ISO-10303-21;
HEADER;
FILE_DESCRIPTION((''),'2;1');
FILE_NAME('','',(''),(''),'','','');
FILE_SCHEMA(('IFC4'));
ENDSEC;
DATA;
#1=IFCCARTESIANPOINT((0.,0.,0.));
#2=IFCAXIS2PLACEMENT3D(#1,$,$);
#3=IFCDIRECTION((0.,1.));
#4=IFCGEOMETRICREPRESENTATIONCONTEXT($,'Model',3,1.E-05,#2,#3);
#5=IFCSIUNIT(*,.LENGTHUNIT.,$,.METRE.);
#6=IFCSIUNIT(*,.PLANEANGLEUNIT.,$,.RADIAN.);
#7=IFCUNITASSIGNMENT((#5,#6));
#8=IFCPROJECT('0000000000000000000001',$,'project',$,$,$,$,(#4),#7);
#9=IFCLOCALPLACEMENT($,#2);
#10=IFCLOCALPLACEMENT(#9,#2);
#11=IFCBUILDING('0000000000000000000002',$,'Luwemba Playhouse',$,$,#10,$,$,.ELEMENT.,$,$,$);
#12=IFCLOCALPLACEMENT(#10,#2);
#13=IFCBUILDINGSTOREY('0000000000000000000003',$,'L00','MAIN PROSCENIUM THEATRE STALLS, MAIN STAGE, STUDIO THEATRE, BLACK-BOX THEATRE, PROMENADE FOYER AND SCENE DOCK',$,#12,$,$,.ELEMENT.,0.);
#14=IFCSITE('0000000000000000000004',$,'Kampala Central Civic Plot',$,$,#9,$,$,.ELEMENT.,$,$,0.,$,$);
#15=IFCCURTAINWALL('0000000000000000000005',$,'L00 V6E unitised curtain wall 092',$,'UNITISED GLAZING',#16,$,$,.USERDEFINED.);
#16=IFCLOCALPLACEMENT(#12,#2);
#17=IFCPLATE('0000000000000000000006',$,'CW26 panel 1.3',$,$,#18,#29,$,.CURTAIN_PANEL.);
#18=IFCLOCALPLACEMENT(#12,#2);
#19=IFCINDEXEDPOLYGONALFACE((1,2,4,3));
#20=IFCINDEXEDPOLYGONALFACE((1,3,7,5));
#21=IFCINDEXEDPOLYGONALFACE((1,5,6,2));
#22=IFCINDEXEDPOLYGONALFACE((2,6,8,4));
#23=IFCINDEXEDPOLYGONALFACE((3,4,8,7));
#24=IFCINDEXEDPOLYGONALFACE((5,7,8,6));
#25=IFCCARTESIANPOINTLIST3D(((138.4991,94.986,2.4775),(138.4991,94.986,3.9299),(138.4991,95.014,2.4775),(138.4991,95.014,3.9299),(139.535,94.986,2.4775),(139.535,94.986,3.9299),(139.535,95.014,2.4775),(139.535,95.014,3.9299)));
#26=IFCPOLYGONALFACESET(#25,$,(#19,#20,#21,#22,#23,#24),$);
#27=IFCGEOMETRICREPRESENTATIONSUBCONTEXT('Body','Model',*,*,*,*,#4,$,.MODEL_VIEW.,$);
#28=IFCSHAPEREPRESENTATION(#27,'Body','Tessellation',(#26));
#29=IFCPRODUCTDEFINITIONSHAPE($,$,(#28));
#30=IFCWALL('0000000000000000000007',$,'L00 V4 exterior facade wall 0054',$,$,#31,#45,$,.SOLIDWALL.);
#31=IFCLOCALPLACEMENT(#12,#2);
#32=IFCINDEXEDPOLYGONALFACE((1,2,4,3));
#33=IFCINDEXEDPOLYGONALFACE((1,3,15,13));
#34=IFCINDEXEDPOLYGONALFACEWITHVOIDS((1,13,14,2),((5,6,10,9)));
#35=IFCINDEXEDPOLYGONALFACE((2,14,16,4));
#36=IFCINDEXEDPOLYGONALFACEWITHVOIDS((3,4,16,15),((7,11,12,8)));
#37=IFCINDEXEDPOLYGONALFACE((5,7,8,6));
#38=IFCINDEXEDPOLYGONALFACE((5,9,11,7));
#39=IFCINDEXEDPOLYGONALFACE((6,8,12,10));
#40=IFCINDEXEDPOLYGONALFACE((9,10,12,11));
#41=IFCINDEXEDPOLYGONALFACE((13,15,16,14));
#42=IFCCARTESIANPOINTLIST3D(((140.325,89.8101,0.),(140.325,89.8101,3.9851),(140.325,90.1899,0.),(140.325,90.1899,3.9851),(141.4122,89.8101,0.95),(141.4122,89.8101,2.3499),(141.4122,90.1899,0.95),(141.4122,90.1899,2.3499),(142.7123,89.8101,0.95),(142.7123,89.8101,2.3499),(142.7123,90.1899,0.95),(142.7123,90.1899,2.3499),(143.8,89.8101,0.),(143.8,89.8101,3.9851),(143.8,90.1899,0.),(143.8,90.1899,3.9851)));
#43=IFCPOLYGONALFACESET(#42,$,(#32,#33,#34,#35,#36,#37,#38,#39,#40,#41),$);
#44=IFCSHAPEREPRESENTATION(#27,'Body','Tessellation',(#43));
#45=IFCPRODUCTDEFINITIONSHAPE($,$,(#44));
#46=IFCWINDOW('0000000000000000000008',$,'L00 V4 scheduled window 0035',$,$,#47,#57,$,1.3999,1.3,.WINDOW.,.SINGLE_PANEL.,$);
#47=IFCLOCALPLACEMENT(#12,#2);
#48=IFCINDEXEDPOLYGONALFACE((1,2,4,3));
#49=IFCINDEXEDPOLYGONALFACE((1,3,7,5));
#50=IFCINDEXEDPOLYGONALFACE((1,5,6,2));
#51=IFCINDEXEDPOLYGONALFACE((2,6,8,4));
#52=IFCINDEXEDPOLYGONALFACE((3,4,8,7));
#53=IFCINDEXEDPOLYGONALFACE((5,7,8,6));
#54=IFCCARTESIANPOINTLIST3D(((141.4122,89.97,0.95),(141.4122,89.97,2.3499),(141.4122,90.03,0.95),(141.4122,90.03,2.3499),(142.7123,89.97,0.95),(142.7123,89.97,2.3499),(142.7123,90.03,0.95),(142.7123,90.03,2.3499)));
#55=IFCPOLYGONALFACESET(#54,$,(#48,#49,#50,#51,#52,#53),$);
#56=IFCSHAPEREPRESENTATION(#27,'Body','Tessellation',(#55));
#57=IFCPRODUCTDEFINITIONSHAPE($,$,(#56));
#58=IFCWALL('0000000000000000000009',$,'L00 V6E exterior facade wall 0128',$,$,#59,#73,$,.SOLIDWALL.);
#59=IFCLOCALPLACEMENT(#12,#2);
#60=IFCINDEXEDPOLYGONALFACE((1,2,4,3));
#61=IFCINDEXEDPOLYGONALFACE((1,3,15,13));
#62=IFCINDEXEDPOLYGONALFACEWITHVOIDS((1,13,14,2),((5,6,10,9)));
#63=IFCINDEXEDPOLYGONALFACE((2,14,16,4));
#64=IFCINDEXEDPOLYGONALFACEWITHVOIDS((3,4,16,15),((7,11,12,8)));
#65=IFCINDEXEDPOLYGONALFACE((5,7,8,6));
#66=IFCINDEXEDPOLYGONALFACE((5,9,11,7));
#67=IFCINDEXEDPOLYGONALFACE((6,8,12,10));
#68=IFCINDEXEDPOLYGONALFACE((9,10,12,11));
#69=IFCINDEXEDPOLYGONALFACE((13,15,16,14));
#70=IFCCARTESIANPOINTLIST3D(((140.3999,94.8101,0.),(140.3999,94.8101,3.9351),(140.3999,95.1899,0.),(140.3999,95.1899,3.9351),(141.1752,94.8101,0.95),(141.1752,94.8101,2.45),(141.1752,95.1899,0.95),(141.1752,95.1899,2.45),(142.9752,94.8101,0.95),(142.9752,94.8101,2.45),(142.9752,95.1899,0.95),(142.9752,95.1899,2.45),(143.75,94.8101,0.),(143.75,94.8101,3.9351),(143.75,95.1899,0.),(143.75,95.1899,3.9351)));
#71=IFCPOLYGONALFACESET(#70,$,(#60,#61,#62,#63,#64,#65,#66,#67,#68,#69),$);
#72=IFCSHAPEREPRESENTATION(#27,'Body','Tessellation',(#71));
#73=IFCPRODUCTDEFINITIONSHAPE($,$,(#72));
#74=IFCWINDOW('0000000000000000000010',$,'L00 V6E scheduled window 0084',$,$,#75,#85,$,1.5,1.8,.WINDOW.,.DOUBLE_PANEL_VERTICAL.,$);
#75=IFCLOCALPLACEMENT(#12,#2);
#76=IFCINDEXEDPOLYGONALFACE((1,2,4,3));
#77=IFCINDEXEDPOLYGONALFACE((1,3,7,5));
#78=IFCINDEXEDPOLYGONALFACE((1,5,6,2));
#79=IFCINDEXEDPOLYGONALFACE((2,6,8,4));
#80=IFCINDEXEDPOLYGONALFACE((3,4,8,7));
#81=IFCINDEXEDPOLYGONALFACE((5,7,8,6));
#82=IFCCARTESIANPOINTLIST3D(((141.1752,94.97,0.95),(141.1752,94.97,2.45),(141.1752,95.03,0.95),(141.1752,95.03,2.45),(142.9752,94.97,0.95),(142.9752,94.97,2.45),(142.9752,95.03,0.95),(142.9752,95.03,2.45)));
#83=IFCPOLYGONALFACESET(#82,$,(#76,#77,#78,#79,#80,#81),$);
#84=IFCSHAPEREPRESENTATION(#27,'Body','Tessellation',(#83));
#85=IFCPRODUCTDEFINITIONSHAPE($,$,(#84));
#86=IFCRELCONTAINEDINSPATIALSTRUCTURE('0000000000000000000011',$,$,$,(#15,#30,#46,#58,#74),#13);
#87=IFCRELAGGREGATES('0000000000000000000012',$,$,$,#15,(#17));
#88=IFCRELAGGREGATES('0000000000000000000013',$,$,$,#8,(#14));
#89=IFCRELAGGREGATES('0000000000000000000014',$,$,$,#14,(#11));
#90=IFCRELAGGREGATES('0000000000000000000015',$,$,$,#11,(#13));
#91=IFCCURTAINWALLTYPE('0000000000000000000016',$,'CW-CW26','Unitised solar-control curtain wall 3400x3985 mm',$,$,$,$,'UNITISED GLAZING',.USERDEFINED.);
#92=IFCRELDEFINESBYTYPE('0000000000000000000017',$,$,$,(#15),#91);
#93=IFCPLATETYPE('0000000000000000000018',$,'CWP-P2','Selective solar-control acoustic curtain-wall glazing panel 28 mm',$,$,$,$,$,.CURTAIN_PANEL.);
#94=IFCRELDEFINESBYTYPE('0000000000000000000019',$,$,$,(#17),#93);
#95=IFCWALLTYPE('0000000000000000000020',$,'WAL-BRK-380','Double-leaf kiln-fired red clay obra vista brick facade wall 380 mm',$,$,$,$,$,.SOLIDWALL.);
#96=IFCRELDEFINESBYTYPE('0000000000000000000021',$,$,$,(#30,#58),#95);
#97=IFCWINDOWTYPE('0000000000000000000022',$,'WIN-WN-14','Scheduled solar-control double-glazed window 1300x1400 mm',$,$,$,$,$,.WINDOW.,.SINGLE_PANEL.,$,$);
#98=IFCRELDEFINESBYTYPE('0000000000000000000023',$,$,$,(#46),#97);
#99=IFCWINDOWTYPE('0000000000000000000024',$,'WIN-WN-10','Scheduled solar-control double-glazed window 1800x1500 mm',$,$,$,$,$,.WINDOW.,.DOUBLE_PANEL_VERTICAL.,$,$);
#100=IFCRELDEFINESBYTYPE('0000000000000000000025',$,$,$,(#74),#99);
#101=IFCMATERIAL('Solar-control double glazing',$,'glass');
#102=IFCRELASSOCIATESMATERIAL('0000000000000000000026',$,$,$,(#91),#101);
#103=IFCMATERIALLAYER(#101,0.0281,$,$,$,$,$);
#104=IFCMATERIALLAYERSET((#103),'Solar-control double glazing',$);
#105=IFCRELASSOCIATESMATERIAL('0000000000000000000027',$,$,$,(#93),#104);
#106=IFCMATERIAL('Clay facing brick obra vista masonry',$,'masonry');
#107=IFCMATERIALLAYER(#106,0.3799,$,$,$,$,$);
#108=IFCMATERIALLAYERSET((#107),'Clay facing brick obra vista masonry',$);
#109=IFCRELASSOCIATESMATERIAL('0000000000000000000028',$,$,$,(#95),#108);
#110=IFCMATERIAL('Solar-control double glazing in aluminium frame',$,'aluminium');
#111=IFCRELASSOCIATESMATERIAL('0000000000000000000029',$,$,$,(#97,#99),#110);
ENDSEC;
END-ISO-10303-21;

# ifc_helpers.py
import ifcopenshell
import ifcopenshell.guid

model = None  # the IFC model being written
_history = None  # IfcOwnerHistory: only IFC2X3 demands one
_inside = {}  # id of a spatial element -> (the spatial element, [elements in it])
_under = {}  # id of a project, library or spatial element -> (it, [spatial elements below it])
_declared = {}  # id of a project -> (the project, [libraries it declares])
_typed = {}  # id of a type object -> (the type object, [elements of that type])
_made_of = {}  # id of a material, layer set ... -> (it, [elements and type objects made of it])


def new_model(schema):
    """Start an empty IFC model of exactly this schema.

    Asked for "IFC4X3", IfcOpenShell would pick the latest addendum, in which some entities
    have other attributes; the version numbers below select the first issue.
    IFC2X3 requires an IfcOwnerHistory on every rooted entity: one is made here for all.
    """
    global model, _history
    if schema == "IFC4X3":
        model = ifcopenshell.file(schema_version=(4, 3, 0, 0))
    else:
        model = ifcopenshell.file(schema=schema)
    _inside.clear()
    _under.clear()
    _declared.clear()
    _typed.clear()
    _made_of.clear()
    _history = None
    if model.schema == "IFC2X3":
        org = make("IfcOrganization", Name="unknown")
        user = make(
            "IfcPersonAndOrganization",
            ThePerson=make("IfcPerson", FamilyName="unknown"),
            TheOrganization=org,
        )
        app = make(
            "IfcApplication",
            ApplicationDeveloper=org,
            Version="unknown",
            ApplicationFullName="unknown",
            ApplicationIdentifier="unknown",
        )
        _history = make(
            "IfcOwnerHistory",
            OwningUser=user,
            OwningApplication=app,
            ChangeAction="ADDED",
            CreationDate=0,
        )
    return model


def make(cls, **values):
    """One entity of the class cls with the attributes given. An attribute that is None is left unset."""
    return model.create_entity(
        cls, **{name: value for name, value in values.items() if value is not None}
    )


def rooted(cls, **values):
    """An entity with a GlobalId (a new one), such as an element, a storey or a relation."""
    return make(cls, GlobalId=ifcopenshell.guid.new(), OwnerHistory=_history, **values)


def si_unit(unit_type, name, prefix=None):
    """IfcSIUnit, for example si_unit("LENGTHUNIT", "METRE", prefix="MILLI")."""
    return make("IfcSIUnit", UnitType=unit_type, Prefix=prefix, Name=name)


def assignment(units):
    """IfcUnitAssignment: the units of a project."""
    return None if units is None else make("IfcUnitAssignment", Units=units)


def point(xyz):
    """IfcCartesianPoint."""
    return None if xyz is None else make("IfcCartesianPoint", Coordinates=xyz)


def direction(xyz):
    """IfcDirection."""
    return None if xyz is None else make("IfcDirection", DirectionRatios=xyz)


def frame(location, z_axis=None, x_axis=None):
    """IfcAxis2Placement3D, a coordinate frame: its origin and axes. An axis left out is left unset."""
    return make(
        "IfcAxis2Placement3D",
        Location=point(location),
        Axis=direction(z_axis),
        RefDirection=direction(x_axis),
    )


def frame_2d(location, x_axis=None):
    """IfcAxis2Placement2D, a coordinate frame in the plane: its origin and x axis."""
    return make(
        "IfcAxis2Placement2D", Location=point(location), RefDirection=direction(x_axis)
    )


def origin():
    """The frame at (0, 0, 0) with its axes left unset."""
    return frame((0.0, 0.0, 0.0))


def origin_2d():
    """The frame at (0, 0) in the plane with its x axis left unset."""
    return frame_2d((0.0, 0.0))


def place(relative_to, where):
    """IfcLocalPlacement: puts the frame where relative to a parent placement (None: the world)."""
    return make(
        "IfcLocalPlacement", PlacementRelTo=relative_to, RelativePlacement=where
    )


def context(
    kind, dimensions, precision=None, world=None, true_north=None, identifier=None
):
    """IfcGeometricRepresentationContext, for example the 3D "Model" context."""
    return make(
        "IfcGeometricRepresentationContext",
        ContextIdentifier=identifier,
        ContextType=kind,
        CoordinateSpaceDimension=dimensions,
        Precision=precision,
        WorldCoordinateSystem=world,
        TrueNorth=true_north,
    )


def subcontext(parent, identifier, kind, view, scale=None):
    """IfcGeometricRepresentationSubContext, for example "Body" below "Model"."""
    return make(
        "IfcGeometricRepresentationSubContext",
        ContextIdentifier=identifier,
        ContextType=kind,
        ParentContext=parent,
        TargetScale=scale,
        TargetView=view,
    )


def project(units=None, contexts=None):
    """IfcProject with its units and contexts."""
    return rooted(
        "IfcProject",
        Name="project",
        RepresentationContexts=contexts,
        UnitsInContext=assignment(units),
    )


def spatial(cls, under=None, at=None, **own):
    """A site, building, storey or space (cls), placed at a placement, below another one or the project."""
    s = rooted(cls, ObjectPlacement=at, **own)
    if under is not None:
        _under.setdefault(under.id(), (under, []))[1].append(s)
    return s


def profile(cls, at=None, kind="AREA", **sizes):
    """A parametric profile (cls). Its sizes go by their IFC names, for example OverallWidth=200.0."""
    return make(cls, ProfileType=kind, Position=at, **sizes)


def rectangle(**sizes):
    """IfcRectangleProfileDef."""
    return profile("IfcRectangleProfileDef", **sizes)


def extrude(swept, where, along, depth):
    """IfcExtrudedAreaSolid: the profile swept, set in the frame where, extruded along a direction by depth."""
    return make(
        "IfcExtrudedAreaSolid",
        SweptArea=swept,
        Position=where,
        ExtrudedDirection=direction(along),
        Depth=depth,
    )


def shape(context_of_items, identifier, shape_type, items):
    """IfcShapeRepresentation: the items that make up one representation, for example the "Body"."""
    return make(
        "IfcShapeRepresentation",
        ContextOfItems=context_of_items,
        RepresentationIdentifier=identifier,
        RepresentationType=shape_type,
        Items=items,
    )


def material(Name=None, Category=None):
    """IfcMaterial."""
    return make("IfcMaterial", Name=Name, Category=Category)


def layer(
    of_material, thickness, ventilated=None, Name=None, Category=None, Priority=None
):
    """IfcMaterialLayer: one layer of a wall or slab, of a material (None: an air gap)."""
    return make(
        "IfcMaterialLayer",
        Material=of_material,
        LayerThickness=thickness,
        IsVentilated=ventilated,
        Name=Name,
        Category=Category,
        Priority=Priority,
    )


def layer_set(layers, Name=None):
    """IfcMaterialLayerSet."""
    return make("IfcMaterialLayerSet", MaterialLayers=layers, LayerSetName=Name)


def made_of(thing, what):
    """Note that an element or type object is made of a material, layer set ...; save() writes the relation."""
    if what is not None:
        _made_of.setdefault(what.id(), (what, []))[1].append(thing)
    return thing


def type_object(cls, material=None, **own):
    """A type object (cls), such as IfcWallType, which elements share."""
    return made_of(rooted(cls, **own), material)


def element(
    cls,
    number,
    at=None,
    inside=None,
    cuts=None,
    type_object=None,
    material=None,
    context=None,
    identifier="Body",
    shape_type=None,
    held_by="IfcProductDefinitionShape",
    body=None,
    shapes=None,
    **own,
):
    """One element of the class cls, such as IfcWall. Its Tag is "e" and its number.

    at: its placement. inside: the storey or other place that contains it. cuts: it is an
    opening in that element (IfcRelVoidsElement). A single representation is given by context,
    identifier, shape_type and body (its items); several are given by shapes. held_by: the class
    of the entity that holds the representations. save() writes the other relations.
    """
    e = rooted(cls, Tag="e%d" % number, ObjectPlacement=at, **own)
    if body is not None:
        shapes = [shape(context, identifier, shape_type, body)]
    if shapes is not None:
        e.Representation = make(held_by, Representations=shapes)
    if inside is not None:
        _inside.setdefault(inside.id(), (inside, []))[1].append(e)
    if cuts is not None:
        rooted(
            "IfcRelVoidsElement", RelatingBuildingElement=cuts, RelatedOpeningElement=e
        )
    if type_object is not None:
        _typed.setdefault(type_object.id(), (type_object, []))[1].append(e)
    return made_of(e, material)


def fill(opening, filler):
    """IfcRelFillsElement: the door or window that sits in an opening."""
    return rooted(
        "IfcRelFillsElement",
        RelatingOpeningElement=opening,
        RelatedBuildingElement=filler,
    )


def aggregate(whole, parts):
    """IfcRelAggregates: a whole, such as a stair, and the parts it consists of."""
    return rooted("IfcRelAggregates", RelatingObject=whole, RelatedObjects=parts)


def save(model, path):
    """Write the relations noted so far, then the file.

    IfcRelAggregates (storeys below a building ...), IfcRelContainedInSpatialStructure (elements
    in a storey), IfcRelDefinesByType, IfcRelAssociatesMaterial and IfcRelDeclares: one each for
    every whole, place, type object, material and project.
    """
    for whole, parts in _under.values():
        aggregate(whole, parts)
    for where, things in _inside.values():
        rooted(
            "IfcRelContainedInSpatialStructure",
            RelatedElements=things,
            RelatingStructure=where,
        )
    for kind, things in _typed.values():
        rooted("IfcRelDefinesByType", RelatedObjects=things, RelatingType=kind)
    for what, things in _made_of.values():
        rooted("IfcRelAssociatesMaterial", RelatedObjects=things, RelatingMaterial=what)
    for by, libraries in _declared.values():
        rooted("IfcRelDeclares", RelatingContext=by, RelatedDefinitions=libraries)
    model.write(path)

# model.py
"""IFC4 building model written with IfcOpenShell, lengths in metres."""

from ifc_helpers import new_model, si_unit, direction, frame, frame_2d, origin, origin_2d, place, context, subcontext, project, spatial, rectangle, extrude, material, layer, layer_set, type_object, element, fill, aggregate, save


model = new_model("IFC4")

# Units and contexts
model_context = context("Model", 3, precision=1e-05, world=origin(), true_north=direction((0.0, 1.0)))
body_context = subcontext(model_context, "Body", "Model", "MODEL_VIEW")
ifc_project = project(units=[si_unit("LENGTHUNIT", "METRE"), si_unit("PLANEANGLEUNIT", "RADIAN")], contexts=[model_context])

# Site, building, storey
site_placement = place(None, origin())
site = spatial("IfcSite", under=ifc_project, at=site_placement, Name="Kampala Central Civic Plot", CompositionType="ELEMENT", RefElevation=0.0)
building_placement = place(site_placement, origin())
building = spatial("IfcBuilding", under=site, at=building_placement, Name="Luwemba Playhouse", CompositionType="ELEMENT")
storey_placement = place(building_placement, origin())
storey = spatial("IfcBuildingStorey", under=building, at=storey_placement, Name="L00", Description="MAIN PROSCENIUM THEATRE STALLS, MAIN STAGE, STUDIO THEATRE, BLACK-BOX THEATRE, PROMENADE FOYER AND SCENE DOCK", CompositionType="ELEMENT", Elevation=0.0)

# Shared definitions
ifc_material_1 = material(Name="Solar-control double glazing", Category="glass")

# Curtain wall
curtain_wall_type_1 = type_object("IfcCurtainWallType", Name="CW-CW26", Description="Unitised solar-control curtain wall 3400x3985 mm", ElementType="UNITISED GLAZING", PredefinedType="USERDEFINED", material=ifc_material_1)
curtain_wall_1_placement = place(storey_placement, origin())
curtain_wall_1 = element("IfcCurtainWall", 1, at=curtain_wall_1_placement, inside=storey, type_object=curtain_wall_type_1, Name="L00 V6E unitised curtain wall 092", ObjectType="UNITISED GLAZING", PredefinedType="USERDEFINED")

# Plate
ifc_layer_1 = layer(ifc_material_1, 0.0281)
ifc_layer_set_1 = layer_set([ifc_layer_1], Name="Solar-control double glazing")
plate_type_1 = type_object("IfcPlateType", Name="CWP-P2", Description="Selective solar-control acoustic curtain-wall glazing panel 28 mm", PredefinedType="CURTAIN_PANEL", material=ifc_layer_set_1)
plate_1_placement = place(storey_placement, frame((139.0171, 95.0, 2.4775), z_axis=(0.0, 0.0, 1.0), x_axis=(-1.0, 0.0, 0.0)))
plate_1 = element("IfcPlate", 2, at=plate_1_placement, type_object=plate_type_1, Name="CW26 panel 1.3", PredefinedType="CURTAIN_PANEL", context=body_context, shape_type="SweptSolid", body=[
    extrude(rectangle(XDim=1.0359, YDim=0.0281, at=origin_2d()), origin(), (0.0, 0.0, 1.0), 1.4524),
])
aggregate(curtain_wall_1, [plate_1])

# Wall, opening, window
ifc_material_2 = material(Name="Clay facing brick obra vista masonry", Category="masonry")
ifc_layer_2 = layer(ifc_material_2, 0.3799)
ifc_layer_set_2 = layer_set([ifc_layer_2], Name="Clay facing brick obra vista masonry")
wall_type = type_object("IfcWallType", Name="WAL-BRK-380", Description="Double-leaf kiln-fired red clay obra vista brick facade wall 380 mm", PredefinedType="SOLIDWALL", material=ifc_layer_set_2)
wall_1_placement = place(storey_placement, frame((140.325, 90.0, 0.0), z_axis=(0.0, 0.0, 1.0), x_axis=(1.0, 0.0, 0.0)))
wall_1 = element("IfcWall", 3, at=wall_1_placement, inside=storey, type_object=wall_type, Name="L00 V4 exterior facade wall 0054", PredefinedType="SOLIDWALL", context=body_context, shape_type="SweptSolid", body=[
    extrude(rectangle(XDim=3.4751, YDim=0.3799, at=frame_2d((1.7375, 0.0))), origin(), (0.0, 0.0, 1.0), 3.9851),
])
opening_1_placement = place(wall_1_placement, frame((1.0874, 0.0, 0.95)))
opening_1 = element("IfcOpeningElement", 4, at=opening_1_placement, cuts=wall_1, PredefinedType="OPENING", context=body_context, shape_type="SweptSolid", body=[
    extrude(rectangle(XDim=1.3, YDim=1.3999, at=frame_2d((0.6499, 0.7))), frame((0.0, 0.2, 0.0), z_axis=(0.0, -1.0, 0.0), x_axis=(1.0, 0.0, 0.0)), (0.0, 0.0, 1.0), 0.3999),
])
ifc_material_3 = material(Name="Solar-control double glazing in aluminium frame", Category="aluminium")
window_type_1 = type_object("IfcWindowType", Name="WIN-WN-14", Description="Scheduled solar-control double-glazed window 1300x1400 mm", PartitioningType="SINGLE_PANEL", PredefinedType="WINDOW", material=ifc_material_3)
window_1_placement = place(opening_1_placement, origin())
window_1 = element("IfcWindow", 5, at=window_1_placement, inside=storey, type_object=window_type_1, Name="L00 V4 scheduled window 0035", OverallHeight=1.3999, OverallWidth=1.3, PartitioningType="SINGLE_PANEL", PredefinedType="WINDOW", context=body_context, shape_type="SweptSolid", body=[
    extrude(rectangle(XDim=1.3, YDim=1.3999, at=frame_2d((0.6499, 0.7))), frame((0.0, 0.03, 0.0), z_axis=(0.0, -1.0, 0.0), x_axis=(1.0, 0.0, 0.0)), (0.0, 0.0, 1.0), 0.0601),
])
fill(opening_1, window_1)

# Wall, opening, window
wall_2_placement = place(storey_placement, frame((143.75, 95.0, 0.0), z_axis=(0.0, 0.0, 1.0), x_axis=(-1.0, 0.0, 0.0)))
wall_2 = element("IfcWall", 6, at=wall_2_placement, inside=storey, type_object=wall_type, Name="L00 V6E exterior facade wall 0128", PredefinedType="SOLIDWALL", context=body_context, shape_type="SweptSolid", body=[
    extrude(rectangle(XDim=3.3501, YDim=0.3799, at=frame_2d((1.675, 0.0))), origin(), (0.0, 0.0, 1.0), 3.9351),
])
opening_2_placement = place(wall_2_placement, frame((0.7749, 0.0, 0.95)))
opening_2 = element("IfcOpeningElement", 7, at=opening_2_placement, cuts=wall_2, PredefinedType="OPENING", context=body_context, shape_type="SweptSolid", body=[
    extrude(rectangle(XDim=1.8, YDim=1.5, at=frame_2d((0.8999, 0.75))), frame((0.0, 0.2, 0.0), z_axis=(0.0, -1.0, 0.0), x_axis=(1.0, 0.0, 0.0)), (0.0, 0.0, 1.0), 0.3999),
])
window_type_2 = type_object("IfcWindowType", Name="WIN-WN-10", Description="Scheduled solar-control double-glazed window 1800x1500 mm", PartitioningType="DOUBLE_PANEL_VERTICAL", PredefinedType="WINDOW", material=ifc_material_3)
window_2_placement = place(opening_2_placement, origin())
window_2 = element("IfcWindow", 8, at=window_2_placement, inside=storey, type_object=window_type_2, Name="L00 V6E scheduled window 0084", OverallHeight=1.5, OverallWidth=1.8, PartitioningType="DOUBLE_PANEL_VERTICAL", PredefinedType="WINDOW", context=body_context, shape_type="SweptSolid", body=[
    extrude(rectangle(XDim=1.8, YDim=1.5, at=frame_2d((0.8999, 0.75))), frame((0.0, 0.03, 0.0), z_axis=(0.0, -1.0, 0.0), x_axis=(1.0, 0.0, 0.0)), (0.0, 0.0, 1.0), 0.0601),
])
fill(opening_2, window_2)

save(model, "model.ifc")
